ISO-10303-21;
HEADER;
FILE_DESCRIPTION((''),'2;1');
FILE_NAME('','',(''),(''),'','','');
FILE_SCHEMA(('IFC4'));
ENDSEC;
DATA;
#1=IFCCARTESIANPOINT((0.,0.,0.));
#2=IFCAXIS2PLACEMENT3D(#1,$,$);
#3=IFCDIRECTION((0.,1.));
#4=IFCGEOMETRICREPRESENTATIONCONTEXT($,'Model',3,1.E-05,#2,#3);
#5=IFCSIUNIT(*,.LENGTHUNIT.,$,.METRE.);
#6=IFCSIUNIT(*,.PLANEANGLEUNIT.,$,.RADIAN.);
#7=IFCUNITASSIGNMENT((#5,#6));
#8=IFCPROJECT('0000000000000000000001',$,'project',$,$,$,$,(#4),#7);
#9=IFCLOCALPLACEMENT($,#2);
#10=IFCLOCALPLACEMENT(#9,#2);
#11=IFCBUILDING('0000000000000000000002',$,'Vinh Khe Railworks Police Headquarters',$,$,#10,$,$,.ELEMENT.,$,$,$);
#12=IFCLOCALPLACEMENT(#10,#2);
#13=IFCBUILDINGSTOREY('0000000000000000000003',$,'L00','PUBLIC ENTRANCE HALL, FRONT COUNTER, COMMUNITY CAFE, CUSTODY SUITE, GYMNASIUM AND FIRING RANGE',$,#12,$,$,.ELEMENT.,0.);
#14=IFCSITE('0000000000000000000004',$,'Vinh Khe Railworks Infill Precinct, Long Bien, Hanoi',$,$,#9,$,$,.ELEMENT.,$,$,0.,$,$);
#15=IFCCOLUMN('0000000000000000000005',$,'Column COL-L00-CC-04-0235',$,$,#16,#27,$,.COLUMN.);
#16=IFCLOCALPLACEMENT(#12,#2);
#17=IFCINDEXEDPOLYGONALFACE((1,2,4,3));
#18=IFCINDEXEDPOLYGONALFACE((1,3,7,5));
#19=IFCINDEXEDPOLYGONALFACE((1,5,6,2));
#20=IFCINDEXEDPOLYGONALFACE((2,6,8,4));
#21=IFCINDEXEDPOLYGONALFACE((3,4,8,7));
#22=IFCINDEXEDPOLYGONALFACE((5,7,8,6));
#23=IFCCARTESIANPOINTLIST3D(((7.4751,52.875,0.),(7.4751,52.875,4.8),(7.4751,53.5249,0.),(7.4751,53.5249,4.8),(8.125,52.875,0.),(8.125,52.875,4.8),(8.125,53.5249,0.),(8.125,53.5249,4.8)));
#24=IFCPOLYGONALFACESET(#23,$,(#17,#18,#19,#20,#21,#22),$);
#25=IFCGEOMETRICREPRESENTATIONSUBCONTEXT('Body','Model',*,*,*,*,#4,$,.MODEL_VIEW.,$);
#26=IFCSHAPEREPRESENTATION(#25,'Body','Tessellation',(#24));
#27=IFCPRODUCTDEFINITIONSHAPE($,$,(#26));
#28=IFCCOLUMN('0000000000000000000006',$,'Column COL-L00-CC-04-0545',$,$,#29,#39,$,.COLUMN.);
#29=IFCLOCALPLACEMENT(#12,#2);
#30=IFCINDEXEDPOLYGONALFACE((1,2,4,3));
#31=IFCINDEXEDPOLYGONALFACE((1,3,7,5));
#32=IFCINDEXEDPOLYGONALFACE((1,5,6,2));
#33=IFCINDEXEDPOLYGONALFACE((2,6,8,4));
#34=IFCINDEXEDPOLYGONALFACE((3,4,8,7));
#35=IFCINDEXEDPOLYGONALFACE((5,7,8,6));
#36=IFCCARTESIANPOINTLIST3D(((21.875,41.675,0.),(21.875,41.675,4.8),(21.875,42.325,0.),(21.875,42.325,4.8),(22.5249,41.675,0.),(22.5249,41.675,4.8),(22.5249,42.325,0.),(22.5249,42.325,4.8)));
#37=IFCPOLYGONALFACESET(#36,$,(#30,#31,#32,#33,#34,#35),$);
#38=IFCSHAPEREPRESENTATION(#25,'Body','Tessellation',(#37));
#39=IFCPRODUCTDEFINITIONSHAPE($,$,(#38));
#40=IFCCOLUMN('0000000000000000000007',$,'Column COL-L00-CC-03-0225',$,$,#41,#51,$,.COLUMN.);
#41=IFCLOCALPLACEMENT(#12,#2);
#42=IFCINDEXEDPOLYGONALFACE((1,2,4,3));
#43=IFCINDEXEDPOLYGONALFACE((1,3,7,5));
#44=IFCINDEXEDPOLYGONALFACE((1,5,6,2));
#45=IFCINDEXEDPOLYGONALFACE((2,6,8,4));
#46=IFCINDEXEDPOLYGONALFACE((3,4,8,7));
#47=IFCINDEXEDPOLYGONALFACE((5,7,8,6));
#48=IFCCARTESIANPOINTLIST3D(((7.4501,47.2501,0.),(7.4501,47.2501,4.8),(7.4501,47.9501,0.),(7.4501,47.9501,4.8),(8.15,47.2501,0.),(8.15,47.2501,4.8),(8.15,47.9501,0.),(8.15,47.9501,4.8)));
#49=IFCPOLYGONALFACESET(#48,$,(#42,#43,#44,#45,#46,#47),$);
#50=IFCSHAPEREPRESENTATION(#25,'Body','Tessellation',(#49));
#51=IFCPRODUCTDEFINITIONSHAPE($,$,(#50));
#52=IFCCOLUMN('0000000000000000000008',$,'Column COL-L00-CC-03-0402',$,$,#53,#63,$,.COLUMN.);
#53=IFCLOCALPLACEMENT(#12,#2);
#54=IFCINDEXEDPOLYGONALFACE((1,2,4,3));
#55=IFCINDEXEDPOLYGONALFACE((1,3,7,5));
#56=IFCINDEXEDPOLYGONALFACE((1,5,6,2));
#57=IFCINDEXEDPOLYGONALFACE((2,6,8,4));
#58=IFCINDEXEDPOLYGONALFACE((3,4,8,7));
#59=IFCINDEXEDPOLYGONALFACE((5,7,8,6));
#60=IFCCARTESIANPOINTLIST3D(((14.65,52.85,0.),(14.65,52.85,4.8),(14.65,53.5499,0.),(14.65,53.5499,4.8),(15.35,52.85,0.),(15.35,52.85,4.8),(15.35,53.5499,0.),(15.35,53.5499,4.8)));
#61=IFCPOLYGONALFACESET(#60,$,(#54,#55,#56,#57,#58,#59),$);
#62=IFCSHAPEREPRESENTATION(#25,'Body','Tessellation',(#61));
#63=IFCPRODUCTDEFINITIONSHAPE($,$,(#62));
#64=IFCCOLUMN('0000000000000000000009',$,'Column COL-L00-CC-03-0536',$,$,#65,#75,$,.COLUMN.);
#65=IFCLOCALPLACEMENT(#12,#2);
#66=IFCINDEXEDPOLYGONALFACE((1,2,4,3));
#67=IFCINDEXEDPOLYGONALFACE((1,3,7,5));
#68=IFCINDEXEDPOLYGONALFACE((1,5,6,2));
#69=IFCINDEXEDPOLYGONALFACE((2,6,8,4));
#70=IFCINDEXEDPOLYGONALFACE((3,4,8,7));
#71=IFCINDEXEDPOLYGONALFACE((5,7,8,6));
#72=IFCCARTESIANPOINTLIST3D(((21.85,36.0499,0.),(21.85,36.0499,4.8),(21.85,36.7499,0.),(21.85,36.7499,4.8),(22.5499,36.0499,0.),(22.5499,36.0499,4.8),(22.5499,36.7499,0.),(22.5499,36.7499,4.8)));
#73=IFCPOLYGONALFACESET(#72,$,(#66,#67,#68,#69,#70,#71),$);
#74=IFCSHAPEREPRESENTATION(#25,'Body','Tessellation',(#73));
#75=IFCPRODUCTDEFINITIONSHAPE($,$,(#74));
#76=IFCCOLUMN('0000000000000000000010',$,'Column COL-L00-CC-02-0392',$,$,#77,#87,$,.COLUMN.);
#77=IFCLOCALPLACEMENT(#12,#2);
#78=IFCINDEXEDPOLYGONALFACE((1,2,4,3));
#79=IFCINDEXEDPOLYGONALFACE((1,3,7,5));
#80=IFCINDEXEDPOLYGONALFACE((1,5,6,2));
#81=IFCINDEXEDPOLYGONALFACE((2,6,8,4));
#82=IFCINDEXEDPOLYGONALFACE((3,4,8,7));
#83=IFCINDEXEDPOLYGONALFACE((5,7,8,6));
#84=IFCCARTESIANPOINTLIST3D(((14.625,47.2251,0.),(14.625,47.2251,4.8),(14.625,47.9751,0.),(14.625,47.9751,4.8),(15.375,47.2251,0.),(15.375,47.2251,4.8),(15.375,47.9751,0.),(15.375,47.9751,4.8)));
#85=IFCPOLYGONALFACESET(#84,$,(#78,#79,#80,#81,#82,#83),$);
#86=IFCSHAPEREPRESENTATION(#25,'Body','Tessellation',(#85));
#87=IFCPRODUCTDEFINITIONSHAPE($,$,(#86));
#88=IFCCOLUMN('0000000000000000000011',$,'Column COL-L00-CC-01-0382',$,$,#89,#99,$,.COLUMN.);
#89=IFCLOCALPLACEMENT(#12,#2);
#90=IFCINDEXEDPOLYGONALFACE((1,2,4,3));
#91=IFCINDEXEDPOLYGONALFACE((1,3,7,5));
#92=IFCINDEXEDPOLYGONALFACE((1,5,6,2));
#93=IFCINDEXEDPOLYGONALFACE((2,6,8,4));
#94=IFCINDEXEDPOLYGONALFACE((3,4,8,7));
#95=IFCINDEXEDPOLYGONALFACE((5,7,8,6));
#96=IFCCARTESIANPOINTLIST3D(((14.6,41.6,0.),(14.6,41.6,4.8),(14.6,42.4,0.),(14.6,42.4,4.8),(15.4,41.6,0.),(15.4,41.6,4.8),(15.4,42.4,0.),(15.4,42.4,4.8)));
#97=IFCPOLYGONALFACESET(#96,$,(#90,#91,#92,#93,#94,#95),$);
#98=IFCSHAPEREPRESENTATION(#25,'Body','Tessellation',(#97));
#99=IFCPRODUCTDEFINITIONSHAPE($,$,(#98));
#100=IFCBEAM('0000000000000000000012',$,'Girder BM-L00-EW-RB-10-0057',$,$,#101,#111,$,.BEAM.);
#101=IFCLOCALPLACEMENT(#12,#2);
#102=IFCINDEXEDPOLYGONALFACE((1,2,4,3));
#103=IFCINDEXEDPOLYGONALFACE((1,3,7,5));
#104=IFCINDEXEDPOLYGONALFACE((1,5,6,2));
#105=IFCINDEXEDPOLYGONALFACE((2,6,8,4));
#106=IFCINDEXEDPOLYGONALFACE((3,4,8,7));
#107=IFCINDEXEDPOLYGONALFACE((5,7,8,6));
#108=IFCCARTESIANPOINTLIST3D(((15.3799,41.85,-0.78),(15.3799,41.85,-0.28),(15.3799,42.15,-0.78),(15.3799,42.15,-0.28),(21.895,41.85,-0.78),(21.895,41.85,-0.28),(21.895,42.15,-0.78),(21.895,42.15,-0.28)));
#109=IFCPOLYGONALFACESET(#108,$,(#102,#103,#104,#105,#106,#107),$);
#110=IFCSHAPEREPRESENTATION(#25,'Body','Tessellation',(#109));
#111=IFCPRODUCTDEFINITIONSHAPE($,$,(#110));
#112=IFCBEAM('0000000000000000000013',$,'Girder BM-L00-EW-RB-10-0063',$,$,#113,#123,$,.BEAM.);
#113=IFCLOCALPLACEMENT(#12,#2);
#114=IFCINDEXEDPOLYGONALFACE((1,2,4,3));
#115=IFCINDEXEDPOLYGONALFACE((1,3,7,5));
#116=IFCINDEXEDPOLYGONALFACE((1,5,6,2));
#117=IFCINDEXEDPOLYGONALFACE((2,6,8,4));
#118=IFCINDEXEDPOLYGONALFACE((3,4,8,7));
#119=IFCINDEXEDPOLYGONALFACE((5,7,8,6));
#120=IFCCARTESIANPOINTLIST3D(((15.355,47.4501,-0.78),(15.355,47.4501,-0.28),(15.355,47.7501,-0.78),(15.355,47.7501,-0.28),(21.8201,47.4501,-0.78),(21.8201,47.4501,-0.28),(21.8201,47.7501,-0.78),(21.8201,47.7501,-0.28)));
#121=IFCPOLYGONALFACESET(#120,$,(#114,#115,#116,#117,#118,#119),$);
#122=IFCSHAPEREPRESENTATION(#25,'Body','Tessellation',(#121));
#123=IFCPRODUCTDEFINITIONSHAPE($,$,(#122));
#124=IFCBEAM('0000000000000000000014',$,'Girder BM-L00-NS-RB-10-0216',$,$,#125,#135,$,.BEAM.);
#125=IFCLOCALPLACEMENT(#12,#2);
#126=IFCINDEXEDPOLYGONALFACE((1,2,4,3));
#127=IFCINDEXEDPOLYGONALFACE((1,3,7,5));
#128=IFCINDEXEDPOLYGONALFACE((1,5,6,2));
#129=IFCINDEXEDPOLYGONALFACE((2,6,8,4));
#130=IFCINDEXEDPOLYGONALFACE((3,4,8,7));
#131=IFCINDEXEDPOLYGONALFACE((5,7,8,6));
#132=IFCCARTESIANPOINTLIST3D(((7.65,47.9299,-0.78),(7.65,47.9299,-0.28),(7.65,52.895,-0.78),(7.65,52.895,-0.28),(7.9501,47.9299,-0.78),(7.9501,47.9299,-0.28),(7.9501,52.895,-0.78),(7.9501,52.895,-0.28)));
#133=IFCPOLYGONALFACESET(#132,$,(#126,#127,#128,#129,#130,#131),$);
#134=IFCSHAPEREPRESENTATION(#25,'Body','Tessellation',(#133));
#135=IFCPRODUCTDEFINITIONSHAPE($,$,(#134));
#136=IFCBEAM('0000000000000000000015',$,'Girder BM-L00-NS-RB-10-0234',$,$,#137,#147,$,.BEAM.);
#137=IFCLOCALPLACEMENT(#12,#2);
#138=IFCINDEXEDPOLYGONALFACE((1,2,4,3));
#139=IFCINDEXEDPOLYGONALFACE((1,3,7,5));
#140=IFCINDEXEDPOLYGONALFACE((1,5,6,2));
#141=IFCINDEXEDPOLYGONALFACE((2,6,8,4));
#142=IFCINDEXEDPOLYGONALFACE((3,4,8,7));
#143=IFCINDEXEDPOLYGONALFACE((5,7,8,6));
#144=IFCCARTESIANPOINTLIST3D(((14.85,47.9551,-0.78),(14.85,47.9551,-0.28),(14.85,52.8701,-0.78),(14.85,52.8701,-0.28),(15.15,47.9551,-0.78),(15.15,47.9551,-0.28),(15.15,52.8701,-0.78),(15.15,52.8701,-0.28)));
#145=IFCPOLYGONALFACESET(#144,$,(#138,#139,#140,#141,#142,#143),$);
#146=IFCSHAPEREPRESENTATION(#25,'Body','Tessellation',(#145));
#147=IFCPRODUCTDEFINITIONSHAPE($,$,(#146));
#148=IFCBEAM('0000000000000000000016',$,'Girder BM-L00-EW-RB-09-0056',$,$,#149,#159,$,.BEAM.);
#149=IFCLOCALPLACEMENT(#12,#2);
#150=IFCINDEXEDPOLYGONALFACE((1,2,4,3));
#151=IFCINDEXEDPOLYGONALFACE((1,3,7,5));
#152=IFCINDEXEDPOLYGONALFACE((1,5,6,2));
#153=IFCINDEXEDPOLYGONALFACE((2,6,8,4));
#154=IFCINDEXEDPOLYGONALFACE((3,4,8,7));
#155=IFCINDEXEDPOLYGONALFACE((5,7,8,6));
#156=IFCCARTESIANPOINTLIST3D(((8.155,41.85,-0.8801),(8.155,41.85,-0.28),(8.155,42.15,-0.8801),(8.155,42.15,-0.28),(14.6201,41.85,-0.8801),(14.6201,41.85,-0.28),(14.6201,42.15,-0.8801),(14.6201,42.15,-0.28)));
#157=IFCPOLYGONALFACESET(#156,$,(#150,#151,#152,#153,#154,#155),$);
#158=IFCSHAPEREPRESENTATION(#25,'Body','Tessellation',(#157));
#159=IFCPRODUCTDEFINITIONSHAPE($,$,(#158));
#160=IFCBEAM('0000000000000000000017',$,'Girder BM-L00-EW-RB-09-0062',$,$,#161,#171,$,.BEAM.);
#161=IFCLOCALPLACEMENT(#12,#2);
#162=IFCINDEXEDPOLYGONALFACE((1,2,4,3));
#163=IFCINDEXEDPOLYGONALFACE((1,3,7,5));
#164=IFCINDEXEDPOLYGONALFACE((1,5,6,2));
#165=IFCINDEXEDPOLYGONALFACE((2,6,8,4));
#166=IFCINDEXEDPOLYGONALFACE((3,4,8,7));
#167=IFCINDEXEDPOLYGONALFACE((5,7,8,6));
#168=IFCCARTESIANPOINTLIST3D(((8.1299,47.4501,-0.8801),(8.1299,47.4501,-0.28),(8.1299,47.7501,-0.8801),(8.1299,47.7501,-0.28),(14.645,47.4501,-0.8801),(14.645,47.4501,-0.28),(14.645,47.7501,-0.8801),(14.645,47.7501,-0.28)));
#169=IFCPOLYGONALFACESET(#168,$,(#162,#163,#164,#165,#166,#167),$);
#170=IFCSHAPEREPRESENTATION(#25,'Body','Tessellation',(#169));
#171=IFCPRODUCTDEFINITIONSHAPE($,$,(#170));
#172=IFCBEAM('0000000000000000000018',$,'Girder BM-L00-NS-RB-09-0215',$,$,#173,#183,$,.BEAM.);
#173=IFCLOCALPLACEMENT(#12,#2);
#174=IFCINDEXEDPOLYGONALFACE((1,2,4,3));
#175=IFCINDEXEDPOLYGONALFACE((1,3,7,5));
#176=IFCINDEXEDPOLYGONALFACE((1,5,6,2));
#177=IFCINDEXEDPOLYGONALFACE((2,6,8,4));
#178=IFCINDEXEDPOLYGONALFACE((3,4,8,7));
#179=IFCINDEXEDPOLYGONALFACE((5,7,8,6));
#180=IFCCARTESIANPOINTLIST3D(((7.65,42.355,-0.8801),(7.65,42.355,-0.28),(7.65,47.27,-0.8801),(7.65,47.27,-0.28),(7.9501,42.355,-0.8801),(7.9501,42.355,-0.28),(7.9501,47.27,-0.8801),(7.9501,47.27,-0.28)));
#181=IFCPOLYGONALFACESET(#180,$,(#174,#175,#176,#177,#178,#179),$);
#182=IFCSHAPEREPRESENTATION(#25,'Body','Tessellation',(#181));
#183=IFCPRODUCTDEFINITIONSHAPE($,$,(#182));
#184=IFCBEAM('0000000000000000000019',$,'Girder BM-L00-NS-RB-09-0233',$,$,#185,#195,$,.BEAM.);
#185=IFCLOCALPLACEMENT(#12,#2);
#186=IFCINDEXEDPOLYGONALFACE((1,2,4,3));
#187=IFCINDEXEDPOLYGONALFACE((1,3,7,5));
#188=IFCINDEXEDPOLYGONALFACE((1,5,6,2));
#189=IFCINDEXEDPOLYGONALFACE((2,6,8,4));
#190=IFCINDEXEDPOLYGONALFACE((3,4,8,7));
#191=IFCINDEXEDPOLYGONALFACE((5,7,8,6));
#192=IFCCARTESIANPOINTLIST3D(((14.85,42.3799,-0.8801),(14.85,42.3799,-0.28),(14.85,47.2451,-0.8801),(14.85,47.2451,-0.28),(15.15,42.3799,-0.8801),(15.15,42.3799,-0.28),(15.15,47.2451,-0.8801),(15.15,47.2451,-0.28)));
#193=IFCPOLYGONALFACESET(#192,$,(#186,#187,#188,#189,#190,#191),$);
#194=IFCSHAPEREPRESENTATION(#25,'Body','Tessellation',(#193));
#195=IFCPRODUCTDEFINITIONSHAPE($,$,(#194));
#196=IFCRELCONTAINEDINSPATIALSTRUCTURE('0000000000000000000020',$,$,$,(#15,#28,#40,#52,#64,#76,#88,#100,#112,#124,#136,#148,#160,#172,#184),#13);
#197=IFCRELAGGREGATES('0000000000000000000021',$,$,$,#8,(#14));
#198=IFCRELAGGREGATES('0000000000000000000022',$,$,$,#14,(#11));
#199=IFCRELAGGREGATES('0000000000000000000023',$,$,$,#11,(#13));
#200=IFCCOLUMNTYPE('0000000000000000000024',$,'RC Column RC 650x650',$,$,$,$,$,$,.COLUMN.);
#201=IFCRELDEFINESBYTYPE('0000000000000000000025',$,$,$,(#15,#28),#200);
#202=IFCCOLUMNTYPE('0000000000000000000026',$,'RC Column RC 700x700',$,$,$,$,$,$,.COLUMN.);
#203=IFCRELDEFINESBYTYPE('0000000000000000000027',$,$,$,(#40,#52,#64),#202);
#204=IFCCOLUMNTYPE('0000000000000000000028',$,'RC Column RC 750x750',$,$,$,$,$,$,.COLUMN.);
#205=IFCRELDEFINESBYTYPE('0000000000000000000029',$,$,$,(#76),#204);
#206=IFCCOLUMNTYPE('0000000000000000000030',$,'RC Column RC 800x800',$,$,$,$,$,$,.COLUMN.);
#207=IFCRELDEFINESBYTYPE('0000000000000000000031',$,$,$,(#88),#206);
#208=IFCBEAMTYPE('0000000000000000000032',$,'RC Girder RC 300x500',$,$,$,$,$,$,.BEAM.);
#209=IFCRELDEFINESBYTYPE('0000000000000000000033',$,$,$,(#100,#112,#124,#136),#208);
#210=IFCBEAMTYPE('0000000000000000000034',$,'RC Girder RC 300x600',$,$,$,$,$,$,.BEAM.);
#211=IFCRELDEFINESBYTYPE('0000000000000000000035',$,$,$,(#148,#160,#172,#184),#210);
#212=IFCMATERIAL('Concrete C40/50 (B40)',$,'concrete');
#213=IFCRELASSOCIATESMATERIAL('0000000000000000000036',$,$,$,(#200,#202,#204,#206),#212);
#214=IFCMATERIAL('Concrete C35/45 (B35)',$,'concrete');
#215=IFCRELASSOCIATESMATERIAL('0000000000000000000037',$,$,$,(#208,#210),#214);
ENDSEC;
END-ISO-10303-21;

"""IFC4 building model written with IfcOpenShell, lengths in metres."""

from ifc_helpers import new_model, si_unit, direction, frame, origin, origin_2d, place, context, subcontext, project, spatial, rectangle, extrude, material, material_profile, profile_set, type_object, element, save


model = new_model("IFC4")

# Units and contexts
model_context = context("Model", 3, precision=1e-05, world=origin(), true_north=direction((0.0, 1.0)))
body_context = subcontext(model_context, "Body", "Model", "MODEL_VIEW")
ifc_project = project(units=[si_unit("LENGTHUNIT", "METRE"), si_unit("PLANEANGLEUNIT", "RADIAN")], contexts=[model_context])

# Site, building, storey
site_placement = place(None, origin())
site = spatial("IfcSite", under=ifc_project, at=site_placement, Name="Vinh Khe Railworks Infill Precinct, Long Bien, Hanoi", CompositionType="ELEMENT", RefElevation=0.0)
building_placement = place(site_placement, origin())
building = spatial("IfcBuilding", under=site, at=building_placement, Name="Vinh Khe Railworks Police Headquarters", CompositionType="ELEMENT")
storey_placement = place(building_placement, origin())
storey = spatial("IfcBuildingStorey", under=building, at=storey_placement, Name="L00", Description="PUBLIC ENTRANCE HALL, FRONT COUNTER, COMMUNITY CAFE, CUSTODY SUITE, GYMNASIUM AND FIRING RANGE", CompositionType="ELEMENT", Elevation=0.0)

# Columns
ifc_material_1 = material(Name="Concrete C40/50 (B40)", Category="concrete")
ifc_material_profile_1 = material_profile(ifc_material_1, rectangle(XDim=0.6499, YDim=0.6499, at=origin_2d()), Name="RC 650x650")
ifc_profile_set_1 = profile_set([ifc_material_profile_1], Name="Concrete C40/50 (B40)")
column_type_1 = type_object("IfcColumnType", Name="RC Column RC 650x650", PredefinedType="COLUMN", material=ifc_profile_set_1)
for number, where, z_axis, x_axis, name in (
    (1, (7.8, 53.2, 0.0), (0.0, 0.0, 1.0), (1.0, 0.0, 0.0), "Column COL-L00-CC-04-0235"),
    (2, (22.2, 42.0, 0.0), (0.0, 0.0, 1.0), (1.0, 0.0, 0.0), "Column COL-L00-CC-04-0545"),
):
    element("IfcColumn", number, at=place(storey_placement, frame(where, z_axis=z_axis, x_axis=x_axis)), inside=storey, type_object=column_type_1, Name=name, PredefinedType="COLUMN", context=body_context, shape_type="SweptSolid", body=[
        extrude(rectangle(XDim=0.6499, YDim=0.6499, at=origin_2d()), origin(), (0.0, 0.0, 1.0), 4.8),
    ])
ifc_material_profile_2 = material_profile(ifc_material_1, rectangle(XDim=0.7, YDim=0.7, at=origin_2d()), Name="RC 700x700")
ifc_profile_set_2 = profile_set([ifc_material_profile_2], Name="Concrete C40/50 (B40)")
column_type_2 = type_object("IfcColumnType", Name="RC Column RC 700x700", PredefinedType="COLUMN", material=ifc_profile_set_2)
for number, where, z_axis, x_axis, name in (
    (3, (7.8, 47.6001, 0.0), (0.0, 0.0, 1.0), (1.0, 0.0, 0.0), "Column COL-L00-CC-03-0225"),
    (4, (15.0, 53.2, 0.0), (0.0, 0.0, 1.0), (1.0, 0.0, 0.0), "Column COL-L00-CC-03-0402"),
    (5, (22.2, 36.3999, 0.0), (0.0, 0.0, 1.0), (1.0, 0.0, 0.0), "Column COL-L00-CC-03-0536"),
):
    element("IfcColumn", number, at=place(storey_placement, frame(where, z_axis=z_axis, x_axis=x_axis)), inside=storey, type_object=column_type_2, Name=name, PredefinedType="COLUMN", context=body_context, shape_type="SweptSolid", body=[
        extrude(rectangle(XDim=0.7, YDim=0.7, at=origin_2d()), origin(), (0.0, 0.0, 1.0), 4.8),
    ])
ifc_material_profile_3 = material_profile(ifc_material_1, rectangle(XDim=0.75, YDim=0.75, at=origin_2d()), Name="RC 750x750")
ifc_profile_set_3 = profile_set([ifc_material_profile_3], Name="Concrete C40/50 (B40)")
column_type_3 = type_object("IfcColumnType", Name="RC Column RC 750x750", PredefinedType="COLUMN", material=ifc_profile_set_3)
column_1_placement = place(storey_placement, frame((15.0, 47.6001, 0.0), z_axis=(0.0, 0.0, 1.0), x_axis=(1.0, 0.0, 0.0)))
element("IfcColumn", 6, at=column_1_placement, inside=storey, type_object=column_type_3, Name="Column COL-L00-CC-02-0392", PredefinedType="COLUMN", context=body_context, shape_type="SweptSolid", body=[
    extrude(rectangle(XDim=0.75, YDim=0.75, at=origin_2d()), origin(), (0.0, 0.0, 1.0), 4.8),
])
ifc_material_profile_4 = material_profile(ifc_material_1, rectangle(XDim=0.8, YDim=0.8, at=origin_2d()), Name="RC 800x800")
ifc_profile_set_4 = profile_set([ifc_material_profile_4], Name="Concrete C40/50 (B40)")
column_type_4 = type_object("IfcColumnType", Name="RC Column RC 800x800", PredefinedType="COLUMN", material=ifc_profile_set_4)
column_2_placement = place(storey_placement, frame((15.0, 42.0, 0.0), z_axis=(0.0, 0.0, 1.0), x_axis=(1.0, 0.0, 0.0)))
element("IfcColumn", 7, at=column_2_placement, inside=storey, type_object=column_type_4, Name="Column COL-L00-CC-01-0382", PredefinedType="COLUMN", context=body_context, shape_type="SweptSolid", body=[
    extrude(rectangle(XDim=0.8, YDim=0.8, at=origin_2d()), origin(), (0.0, 0.0, 1.0), 4.8),
])

# Beams
ifc_material_2 = material(Name="Concrete C35/45 (B35)", Category="concrete")
ifc_material_profile_5 = material_profile(ifc_material_2, rectangle(XDim=0.3, YDim=0.5, at=origin_2d()), Name="RC 300x500")
ifc_profile_set_5 = profile_set([ifc_material_profile_5], Name="Concrete C35/45 (B35)")
beam_type_1 = type_object("IfcBeamType", Name="RC Girder RC 300x500", PredefinedType="BEAM", material=ifc_profile_set_5)
beam_1_placement = place(storey_placement, frame((15.3799, 42.0, -0.53), z_axis=(1.0, 0.0, 0.0), x_axis=(0.0, 1.0, 0.0)))
element("IfcBeam", 8, at=beam_1_placement, inside=storey, type_object=beam_type_1, Name="Girder BM-L00-EW-RB-10-0057", PredefinedType="BEAM", context=body_context, shape_type="SweptSolid", body=[
    extrude(rectangle(XDim=0.3, YDim=0.5, at=origin_2d()), origin(), (0.0, 0.0, 1.0), 6.5151),
])
beam_2_placement = place(storey_placement, frame((15.355, 47.6001, -0.53), z_axis=(1.0, 0.0, 0.0), x_axis=(0.0, 1.0, 0.0)))
element("IfcBeam", 9, at=beam_2_placement, inside=storey, type_object=beam_type_1, Name="Girder BM-L00-EW-RB-10-0063", PredefinedType="BEAM", context=body_context, shape_type="SweptSolid", body=[
    extrude(rectangle(XDim=0.3, YDim=0.5, at=origin_2d()), origin(), (0.0, 0.0, 1.0), 6.4651),
])
beam_3_placement = place(storey_placement, frame((7.8, 47.9299, -0.53), z_axis=(0.0, 1.0, 0.0), x_axis=(-1.0, 0.0, 0.0)))
element("IfcBeam", 10, at=beam_3_placement, inside=storey, type_object=beam_type_1, Name="Girder BM-L00-NS-RB-10-0216", PredefinedType="BEAM", context=body_context, shape_type="SweptSolid", body=[
    extrude(rectangle(XDim=0.3, YDim=0.5, at=origin_2d()), origin(), (0.0, 0.0, 1.0), 4.9651),
])
beam_4_placement = place(storey_placement, frame((15.0, 47.9551, -0.53), z_axis=(0.0, 1.0, 0.0), x_axis=(-1.0, 0.0, 0.0)))
element("IfcBeam", 11, at=beam_4_placement, inside=storey, type_object=beam_type_1, Name="Girder BM-L00-NS-RB-10-0234", PredefinedType="BEAM", context=body_context, shape_type="SweptSolid", body=[
    extrude(rectangle(XDim=0.3, YDim=0.5, at=origin_2d()), origin(), (0.0, 0.0, 1.0), 4.915),
])
ifc_material_profile_6 = material_profile(ifc_material_2, rectangle(XDim=0.3, YDim=0.6001, at=origin_2d()), Name="RC 300x600")
ifc_profile_set_6 = profile_set([ifc_material_profile_6], Name="Concrete C35/45 (B35)")
beam_type_2 = type_object("IfcBeamType", Name="RC Girder RC 300x600", PredefinedType="BEAM", material=ifc_profile_set_6)
beam_5_placement = place(storey_placement, frame((8.155, 42.0, -0.5801), z_axis=(1.0, 0.0, 0.0), x_axis=(0.0, 1.0, 0.0)))
element("IfcBeam", 12, at=beam_5_placement, inside=storey, type_object=beam_type_2, Name="Girder BM-L00-EW-RB-09-0056", PredefinedType="BEAM", context=body_context, shape_type="SweptSolid", body=[
    extrude(rectangle(XDim=0.3, YDim=0.6001, at=origin_2d()), origin(), (0.0, 0.0, 1.0), 6.4651),
])
beam_6_placement = place(storey_placement, frame((8.1299, 47.6001, -0.5801), z_axis=(1.0, 0.0, 0.0), x_axis=(0.0, 1.0, 0.0)))
element("IfcBeam", 13, at=beam_6_placement, inside=storey, type_object=beam_type_2, Name="Girder BM-L00-EW-RB-09-0062", PredefinedType="BEAM", context=body_context, shape_type="SweptSolid", body=[
    extrude(rectangle(XDim=0.3, YDim=0.6001, at=origin_2d()), origin(), (0.0, 0.0, 1.0), 6.5151),
])
beam_7_placement = place(storey_placement, frame((7.8, 42.355, -0.5801), z_axis=(0.0, 1.0, 0.0), x_axis=(-1.0, 0.0, 0.0)))
element("IfcBeam", 14, at=beam_7_placement, inside=storey, type_object=beam_type_2, Name="Girder BM-L00-NS-RB-09-0215", PredefinedType="BEAM", context=body_context, shape_type="SweptSolid", body=[
    extrude(rectangle(XDim=0.3, YDim=0.6001, at=origin_2d()), origin(), (0.0, 0.0, 1.0), 4.915),
])
beam_8_placement = place(storey_placement, frame((15.0, 42.3799, -0.5801), z_axis=(0.0, 1.0, 0.0), x_axis=(-1.0, 0.0, 0.0)))
element("IfcBeam", 15, at=beam_8_placement, inside=storey, type_object=beam_type_2, Name="Girder BM-L00-NS-RB-09-0233", PredefinedType="BEAM", context=body_context, shape_type="SweptSolid", body=[
    extrude(rectangle(XDim=0.3, YDim=0.6001, at=origin_2d()), origin(), (0.0, 0.0, 1.0), 4.8652),
])

save(model, "model.ifc")
